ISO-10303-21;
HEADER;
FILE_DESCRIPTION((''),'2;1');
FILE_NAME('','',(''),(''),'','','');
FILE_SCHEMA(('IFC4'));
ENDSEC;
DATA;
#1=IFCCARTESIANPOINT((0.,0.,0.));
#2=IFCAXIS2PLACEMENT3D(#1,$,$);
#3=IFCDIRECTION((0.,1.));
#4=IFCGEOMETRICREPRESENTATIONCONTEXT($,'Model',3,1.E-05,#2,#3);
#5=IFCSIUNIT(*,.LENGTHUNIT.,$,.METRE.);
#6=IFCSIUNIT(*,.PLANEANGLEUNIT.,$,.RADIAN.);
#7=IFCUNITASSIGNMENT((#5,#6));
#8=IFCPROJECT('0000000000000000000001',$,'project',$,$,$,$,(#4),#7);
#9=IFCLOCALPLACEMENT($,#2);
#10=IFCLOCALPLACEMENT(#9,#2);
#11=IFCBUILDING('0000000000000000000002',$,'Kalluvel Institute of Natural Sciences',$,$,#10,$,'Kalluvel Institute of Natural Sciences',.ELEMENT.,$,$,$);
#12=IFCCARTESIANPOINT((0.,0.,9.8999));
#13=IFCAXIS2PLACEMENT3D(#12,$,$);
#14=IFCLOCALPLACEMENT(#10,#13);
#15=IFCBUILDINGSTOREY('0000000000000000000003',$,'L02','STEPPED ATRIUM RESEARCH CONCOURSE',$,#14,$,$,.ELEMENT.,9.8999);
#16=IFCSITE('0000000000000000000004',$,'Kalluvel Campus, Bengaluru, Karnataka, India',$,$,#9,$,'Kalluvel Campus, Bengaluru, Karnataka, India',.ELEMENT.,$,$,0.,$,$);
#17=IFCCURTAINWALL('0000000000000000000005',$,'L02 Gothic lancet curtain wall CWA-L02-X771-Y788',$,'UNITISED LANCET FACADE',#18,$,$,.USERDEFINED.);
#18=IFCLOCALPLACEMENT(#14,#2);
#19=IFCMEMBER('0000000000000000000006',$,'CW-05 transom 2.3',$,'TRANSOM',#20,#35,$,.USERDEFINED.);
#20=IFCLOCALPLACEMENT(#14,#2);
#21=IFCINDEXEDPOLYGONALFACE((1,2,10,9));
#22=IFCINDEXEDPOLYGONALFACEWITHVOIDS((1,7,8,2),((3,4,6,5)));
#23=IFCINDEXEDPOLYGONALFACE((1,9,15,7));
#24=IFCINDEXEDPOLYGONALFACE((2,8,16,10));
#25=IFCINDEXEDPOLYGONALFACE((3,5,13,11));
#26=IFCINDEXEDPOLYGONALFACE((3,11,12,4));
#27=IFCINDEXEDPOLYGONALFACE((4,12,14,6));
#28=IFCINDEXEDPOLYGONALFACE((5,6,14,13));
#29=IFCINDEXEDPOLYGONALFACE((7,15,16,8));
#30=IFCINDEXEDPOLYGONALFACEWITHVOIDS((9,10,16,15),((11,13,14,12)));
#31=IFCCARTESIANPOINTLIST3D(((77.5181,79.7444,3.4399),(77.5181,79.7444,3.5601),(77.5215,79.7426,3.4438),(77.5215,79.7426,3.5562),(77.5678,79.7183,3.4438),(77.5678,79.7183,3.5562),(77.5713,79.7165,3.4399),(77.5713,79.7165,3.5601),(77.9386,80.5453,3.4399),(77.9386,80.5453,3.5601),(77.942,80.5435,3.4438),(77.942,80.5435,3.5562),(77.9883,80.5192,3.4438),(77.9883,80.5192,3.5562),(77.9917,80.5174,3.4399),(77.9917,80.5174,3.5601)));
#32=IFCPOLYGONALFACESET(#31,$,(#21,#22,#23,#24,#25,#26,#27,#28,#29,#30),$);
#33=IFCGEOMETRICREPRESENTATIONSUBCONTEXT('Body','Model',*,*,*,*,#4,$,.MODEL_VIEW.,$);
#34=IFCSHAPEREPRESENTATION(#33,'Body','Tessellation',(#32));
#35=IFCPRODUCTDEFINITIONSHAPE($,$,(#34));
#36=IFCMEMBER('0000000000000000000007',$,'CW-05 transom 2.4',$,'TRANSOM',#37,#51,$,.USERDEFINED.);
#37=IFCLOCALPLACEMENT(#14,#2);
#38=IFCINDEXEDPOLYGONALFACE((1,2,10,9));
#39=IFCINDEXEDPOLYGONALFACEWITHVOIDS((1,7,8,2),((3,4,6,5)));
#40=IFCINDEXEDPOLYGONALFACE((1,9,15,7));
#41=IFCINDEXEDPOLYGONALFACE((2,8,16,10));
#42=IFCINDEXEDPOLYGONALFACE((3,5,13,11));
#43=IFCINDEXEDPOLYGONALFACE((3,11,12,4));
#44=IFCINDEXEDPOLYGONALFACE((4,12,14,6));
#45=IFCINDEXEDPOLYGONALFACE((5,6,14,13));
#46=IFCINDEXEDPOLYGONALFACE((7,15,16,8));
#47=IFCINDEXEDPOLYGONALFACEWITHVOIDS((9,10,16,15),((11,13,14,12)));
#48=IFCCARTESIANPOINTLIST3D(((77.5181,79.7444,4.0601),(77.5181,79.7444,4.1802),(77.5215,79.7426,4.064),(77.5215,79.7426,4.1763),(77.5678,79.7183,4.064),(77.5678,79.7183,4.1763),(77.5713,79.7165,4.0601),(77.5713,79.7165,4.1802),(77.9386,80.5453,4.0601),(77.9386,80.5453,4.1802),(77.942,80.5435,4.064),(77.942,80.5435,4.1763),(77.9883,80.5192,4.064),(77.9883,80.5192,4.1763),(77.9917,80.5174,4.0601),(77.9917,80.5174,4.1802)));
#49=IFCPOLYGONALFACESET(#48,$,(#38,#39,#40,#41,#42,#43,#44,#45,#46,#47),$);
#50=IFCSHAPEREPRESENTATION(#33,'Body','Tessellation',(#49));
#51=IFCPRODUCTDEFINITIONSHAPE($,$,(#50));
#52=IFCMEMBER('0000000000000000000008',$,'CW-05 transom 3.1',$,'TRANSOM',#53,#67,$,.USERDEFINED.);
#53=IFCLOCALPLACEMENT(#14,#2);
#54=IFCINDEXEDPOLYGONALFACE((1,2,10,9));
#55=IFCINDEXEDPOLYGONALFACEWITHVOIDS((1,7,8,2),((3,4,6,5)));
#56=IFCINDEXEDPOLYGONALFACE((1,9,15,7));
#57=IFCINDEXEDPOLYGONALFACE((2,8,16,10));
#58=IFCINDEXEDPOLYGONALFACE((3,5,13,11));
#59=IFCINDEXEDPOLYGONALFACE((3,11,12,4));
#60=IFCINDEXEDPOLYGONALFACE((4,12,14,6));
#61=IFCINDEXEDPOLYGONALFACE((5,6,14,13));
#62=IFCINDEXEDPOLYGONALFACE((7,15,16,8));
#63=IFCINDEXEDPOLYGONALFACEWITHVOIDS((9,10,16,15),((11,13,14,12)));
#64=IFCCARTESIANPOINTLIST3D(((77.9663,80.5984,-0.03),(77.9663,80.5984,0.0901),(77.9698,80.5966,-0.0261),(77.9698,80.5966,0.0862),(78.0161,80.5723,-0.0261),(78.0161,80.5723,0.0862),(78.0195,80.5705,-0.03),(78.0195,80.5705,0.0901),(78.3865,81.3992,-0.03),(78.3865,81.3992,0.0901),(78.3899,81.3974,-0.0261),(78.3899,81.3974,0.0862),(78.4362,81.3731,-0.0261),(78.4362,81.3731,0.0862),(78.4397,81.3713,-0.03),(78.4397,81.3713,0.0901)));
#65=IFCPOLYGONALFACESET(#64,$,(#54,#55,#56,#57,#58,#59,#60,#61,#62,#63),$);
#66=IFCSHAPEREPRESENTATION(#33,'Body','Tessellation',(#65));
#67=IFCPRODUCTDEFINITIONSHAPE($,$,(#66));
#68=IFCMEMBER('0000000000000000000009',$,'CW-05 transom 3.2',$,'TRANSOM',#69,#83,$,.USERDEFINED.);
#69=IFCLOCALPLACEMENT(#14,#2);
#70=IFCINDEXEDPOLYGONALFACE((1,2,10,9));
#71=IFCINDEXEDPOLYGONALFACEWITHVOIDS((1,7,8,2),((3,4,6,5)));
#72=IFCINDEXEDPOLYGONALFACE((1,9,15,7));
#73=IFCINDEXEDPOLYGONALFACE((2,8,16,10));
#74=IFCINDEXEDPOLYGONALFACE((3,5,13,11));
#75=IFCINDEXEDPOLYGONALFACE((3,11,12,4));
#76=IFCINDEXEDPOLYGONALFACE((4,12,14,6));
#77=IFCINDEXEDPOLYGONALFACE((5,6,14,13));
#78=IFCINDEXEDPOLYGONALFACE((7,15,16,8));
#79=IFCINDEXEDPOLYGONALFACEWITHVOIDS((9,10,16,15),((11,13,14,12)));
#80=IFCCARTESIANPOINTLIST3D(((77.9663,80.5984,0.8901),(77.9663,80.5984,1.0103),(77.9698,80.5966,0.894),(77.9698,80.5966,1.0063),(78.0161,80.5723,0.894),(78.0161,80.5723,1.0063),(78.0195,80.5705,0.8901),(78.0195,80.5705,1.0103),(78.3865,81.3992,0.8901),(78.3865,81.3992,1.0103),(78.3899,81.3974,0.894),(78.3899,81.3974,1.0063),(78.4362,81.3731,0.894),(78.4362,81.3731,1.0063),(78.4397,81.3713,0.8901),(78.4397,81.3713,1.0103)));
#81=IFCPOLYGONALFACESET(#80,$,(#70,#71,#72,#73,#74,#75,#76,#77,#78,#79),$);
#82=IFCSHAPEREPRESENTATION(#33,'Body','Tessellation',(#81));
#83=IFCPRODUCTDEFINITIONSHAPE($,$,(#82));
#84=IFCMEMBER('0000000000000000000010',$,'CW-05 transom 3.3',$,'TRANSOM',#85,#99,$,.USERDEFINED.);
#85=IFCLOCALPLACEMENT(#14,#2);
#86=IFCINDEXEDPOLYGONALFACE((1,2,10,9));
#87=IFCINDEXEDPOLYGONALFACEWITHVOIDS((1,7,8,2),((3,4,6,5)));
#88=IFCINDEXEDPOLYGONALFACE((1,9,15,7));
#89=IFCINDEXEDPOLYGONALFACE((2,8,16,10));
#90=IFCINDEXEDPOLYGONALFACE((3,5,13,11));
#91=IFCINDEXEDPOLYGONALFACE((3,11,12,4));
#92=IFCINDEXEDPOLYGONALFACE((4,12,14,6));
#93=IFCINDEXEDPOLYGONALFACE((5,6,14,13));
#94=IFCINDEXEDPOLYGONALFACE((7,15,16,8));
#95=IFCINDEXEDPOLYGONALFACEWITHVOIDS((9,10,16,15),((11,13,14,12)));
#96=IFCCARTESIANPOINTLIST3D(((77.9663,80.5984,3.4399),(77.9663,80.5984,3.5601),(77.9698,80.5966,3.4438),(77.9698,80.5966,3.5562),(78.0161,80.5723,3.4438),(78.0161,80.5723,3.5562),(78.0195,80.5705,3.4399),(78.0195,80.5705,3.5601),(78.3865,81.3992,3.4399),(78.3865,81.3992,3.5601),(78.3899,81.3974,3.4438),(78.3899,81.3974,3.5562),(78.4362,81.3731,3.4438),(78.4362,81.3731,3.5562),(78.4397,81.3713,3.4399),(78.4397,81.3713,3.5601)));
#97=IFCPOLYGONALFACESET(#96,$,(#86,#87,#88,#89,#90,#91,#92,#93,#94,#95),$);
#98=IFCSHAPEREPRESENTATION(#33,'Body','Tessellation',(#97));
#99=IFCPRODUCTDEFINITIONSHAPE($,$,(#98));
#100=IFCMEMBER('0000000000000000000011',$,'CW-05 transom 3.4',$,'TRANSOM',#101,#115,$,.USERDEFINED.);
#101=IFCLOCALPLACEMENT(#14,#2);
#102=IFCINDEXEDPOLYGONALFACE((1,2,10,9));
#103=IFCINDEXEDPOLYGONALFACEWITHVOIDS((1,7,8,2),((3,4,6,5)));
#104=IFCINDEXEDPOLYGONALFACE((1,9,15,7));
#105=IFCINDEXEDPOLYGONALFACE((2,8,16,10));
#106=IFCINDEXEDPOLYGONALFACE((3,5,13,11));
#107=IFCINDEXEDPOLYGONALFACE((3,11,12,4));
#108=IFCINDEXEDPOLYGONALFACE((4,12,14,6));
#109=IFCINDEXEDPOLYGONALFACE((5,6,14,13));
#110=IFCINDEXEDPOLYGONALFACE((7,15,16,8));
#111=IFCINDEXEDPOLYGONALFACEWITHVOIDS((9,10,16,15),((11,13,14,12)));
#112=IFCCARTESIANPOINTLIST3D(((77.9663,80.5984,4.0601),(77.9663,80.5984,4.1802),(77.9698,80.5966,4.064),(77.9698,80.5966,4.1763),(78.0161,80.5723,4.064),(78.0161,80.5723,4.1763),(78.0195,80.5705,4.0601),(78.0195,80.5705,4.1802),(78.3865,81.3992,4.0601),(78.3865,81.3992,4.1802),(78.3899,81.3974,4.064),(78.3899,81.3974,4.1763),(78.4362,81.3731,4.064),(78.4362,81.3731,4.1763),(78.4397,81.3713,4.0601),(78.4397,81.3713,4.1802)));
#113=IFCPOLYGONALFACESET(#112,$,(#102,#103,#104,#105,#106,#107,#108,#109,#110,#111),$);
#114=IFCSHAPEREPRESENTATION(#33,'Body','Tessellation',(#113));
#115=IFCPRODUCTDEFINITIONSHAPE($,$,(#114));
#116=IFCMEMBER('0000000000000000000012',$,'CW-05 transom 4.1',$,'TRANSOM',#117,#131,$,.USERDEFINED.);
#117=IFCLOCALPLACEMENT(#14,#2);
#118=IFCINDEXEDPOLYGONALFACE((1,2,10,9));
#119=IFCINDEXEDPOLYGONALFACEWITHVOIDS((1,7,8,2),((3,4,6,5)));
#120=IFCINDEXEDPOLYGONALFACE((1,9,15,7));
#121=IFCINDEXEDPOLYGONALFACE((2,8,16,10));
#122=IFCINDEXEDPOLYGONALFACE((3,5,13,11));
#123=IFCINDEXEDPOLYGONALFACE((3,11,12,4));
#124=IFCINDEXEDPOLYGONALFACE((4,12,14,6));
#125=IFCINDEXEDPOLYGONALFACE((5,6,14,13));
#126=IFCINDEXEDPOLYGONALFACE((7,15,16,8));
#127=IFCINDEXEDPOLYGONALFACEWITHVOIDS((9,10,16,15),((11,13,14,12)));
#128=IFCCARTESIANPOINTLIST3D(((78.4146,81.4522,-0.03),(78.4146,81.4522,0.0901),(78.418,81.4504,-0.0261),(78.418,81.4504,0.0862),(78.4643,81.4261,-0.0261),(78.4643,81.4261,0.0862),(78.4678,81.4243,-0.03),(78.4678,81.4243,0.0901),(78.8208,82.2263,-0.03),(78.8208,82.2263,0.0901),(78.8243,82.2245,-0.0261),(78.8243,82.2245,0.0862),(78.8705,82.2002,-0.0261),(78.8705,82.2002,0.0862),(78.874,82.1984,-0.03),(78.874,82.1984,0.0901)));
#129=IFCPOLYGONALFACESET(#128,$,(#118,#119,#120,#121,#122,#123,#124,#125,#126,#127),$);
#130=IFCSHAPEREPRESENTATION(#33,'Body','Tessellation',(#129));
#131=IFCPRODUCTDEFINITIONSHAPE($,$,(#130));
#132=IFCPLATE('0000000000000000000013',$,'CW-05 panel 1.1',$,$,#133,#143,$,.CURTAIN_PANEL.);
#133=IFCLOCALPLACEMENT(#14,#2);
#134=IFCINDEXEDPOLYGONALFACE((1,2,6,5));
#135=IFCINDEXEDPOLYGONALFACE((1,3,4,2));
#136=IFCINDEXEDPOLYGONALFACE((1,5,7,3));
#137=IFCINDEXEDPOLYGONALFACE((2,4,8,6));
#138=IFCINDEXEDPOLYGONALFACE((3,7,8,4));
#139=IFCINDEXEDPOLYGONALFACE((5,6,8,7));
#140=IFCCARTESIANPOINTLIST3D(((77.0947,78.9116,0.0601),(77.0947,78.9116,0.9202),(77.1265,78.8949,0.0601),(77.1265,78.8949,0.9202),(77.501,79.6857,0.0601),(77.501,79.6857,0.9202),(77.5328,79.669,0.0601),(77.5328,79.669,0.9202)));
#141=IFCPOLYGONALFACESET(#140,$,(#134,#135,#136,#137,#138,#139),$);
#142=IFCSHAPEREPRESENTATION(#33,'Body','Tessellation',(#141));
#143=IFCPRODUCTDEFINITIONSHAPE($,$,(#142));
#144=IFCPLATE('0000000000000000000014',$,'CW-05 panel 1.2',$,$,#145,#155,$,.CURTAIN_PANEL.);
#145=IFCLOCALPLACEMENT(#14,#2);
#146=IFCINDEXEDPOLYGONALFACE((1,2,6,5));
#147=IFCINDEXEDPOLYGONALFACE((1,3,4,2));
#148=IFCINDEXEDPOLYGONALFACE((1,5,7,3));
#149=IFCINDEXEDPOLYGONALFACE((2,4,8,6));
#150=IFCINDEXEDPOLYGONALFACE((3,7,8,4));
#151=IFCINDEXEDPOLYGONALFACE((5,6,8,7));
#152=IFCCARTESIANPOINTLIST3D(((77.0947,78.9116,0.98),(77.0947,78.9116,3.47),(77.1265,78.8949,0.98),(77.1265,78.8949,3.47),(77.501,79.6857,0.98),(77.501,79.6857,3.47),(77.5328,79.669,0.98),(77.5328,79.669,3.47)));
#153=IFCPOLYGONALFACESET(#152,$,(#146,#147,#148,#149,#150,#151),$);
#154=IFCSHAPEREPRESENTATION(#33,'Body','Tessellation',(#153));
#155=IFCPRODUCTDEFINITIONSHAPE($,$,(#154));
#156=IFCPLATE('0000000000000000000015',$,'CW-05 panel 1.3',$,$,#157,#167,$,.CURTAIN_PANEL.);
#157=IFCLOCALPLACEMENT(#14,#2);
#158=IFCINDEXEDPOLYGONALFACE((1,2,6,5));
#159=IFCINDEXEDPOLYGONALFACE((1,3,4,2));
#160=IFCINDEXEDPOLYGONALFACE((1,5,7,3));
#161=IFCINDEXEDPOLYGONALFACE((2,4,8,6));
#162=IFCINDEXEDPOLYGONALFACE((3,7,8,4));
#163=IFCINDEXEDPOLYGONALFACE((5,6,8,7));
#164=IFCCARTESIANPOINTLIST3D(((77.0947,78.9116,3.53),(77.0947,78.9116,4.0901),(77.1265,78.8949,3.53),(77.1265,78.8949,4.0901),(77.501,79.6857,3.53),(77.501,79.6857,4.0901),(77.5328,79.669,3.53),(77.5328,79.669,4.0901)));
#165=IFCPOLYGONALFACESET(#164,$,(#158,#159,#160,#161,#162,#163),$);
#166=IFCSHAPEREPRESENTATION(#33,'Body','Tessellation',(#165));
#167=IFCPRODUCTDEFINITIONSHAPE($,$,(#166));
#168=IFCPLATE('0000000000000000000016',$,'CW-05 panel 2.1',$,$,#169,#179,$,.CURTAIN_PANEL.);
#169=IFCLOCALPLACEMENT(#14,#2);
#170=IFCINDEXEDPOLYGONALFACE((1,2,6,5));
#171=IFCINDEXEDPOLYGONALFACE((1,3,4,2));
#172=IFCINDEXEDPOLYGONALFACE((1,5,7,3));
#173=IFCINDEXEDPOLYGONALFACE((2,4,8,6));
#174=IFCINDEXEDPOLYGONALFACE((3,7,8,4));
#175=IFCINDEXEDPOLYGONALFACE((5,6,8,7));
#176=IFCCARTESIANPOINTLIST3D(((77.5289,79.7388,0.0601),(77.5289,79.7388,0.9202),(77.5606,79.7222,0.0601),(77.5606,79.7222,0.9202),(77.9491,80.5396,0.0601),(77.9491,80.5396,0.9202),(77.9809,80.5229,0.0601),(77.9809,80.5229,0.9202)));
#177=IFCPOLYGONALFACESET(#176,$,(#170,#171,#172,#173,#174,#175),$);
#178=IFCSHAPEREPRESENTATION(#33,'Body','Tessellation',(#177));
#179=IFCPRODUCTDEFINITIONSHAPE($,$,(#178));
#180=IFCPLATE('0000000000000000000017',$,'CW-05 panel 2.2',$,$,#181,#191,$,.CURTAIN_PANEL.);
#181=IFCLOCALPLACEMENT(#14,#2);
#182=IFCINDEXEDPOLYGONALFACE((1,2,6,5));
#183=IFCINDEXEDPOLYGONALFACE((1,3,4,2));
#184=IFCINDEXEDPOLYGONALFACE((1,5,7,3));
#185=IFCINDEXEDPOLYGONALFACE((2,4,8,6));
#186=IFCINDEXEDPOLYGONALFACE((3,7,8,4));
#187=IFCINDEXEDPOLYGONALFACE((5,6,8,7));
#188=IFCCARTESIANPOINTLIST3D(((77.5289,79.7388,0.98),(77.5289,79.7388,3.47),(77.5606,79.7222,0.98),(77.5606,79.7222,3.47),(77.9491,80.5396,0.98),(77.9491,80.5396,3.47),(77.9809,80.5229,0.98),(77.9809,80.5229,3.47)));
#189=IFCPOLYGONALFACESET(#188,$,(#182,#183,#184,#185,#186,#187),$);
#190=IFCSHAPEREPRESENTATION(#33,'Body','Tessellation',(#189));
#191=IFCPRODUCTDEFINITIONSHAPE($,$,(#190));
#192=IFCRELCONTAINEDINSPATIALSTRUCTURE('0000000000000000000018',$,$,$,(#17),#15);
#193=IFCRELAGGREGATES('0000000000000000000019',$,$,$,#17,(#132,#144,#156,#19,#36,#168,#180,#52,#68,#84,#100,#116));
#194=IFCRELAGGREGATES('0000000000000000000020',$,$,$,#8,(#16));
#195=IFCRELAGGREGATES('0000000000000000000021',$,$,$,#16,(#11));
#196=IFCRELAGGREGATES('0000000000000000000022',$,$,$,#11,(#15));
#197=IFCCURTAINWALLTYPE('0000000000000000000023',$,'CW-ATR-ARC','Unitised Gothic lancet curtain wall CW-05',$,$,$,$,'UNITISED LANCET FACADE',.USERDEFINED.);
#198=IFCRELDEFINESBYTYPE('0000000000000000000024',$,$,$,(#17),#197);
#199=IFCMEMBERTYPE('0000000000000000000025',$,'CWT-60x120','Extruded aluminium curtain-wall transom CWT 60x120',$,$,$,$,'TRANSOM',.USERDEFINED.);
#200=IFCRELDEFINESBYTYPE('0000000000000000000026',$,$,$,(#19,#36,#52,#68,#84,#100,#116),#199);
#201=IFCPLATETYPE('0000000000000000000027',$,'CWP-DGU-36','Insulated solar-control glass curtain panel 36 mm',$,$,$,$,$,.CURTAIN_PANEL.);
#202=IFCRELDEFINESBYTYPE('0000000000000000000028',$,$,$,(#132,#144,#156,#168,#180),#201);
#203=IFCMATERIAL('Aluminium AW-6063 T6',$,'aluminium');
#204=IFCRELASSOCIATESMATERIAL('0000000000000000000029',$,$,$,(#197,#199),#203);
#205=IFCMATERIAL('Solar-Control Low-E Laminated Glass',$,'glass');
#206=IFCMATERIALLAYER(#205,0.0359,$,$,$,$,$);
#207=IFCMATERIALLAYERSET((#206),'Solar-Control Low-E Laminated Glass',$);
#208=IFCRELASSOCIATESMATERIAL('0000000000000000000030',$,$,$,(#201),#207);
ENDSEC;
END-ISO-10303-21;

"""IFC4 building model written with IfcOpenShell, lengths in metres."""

from ifc_helpers import new_model, si_unit, direction, frame, origin, origin_2d, place, context, subcontext, project, spatial, rectangle, hollow_rectangle, extrude, material, layer, layer_set, material_profile, profile_set, type_object, element, aggregate, save


model = new_model("IFC4")

# Units and contexts
model_context = context("Model", 3, precision=1e-05, world=origin(), true_north=direction((0.0, 1.0)))
body_context = subcontext(model_context, "Body", "Model", "MODEL_VIEW")
ifc_project = project(units=[si_unit("LENGTHUNIT", "METRE"), si_unit("PLANEANGLEUNIT", "RADIAN")], contexts=[model_context])

# Site, building, storey
site_placement = place(None, origin())
site = spatial("IfcSite", under=ifc_project, at=site_placement, Name="Kalluvel Campus, Bengaluru, Karnataka, India", LongName="Kalluvel Campus, Bengaluru, Karnataka, India", CompositionType="ELEMENT", RefElevation=0.0)
building_placement = place(site_placement, origin())
building = spatial("IfcBuilding", under=site, at=building_placement, Name="Kalluvel Institute of Natural Sciences", LongName="Kalluvel Institute of Natural Sciences", CompositionType="ELEMENT")
storey_placement = place(building_placement, frame((0.0, 0.0, 9.8999)))
storey = spatial("IfcBuildingStorey", under=building, at=storey_placement, Name="L02", Description="STEPPED ATRIUM RESEARCH CONCOURSE", CompositionType="ELEMENT", Elevation=9.8999)

# Curtain wall, members, plates
ifc_material_1 = material(Name="Aluminium AW-6063 T6", Category="aluminium")
curtain_wall_type = type_object("IfcCurtainWallType", Name="CW-ATR-ARC", Description="Unitised Gothic lancet curtain wall CW-05", ElementType="UNITISED LANCET FACADE", PredefinedType="USERDEFINED", material=ifc_material_1)
curtain_wall_placement = place(storey_placement, origin())
curtain_wall = element("IfcCurtainWall", 1, at=curtain_wall_placement, inside=storey, type_object=curtain_wall_type, Name="L02 Gothic lancet curtain wall CWA-L02-X771-Y788", ObjectType="UNITISED LANCET FACADE", PredefinedType="USERDEFINED")
ifc_material_profile_1 = material_profile(ifc_material_1, hollow_rectangle(XDim=0.0601, YDim=0.1201, WallThickness=0.0039, at=origin_2d()), Name="CWT 60x120")
ifc_profile_set_1 = profile_set([ifc_material_profile_1], Name="Aluminium AW-6063 T6")
member_type_1 = type_object("IfcMemberType", Name="CWT-60x120", Description="Extruded aluminium curtain-wall transom CWT 60x120", ElementType="TRANSOM", PredefinedType="USERDEFINED", material=ifc_profile_set_1)
member_1_placement = place(storey_placement, frame((77.5447, 79.7305, 3.5), z_axis=(0.464834, 0.885398, 0.0), x_axis=(-0.885398, 0.464834, 0.0)))
member_1 = element("IfcMember", 2, at=member_1_placement, type_object=member_type_1, Name="CW-05 transom 2.3", ObjectType="TRANSOM", PredefinedType="USERDEFINED", context=body_context, shape_type="SweptSolid", body=[
    extrude(hollow_rectangle(XDim=0.0601, YDim=0.1201, WallThickness=0.0039, at=origin_2d()), origin(), (0.0, 0.0, 1.0), 0.9045),
])
member_2_placement = place(storey_placement, frame((77.5447, 79.7305, 4.1201), z_axis=(0.464834, 0.885398, 0.0), x_axis=(-0.885398, 0.464834, 0.0)))
member_2 = element("IfcMember", 3, at=member_2_placement, type_object=member_type_1, Name="CW-05 transom 2.4", ObjectType="TRANSOM", PredefinedType="USERDEFINED", context=body_context, shape_type="SweptSolid", body=[
    extrude(hollow_rectangle(XDim=0.0601, YDim=0.1201, WallThickness=0.0039, at=origin_2d()), origin(), (0.0, 0.0, 1.0), 0.9045),
])
member_3_placement = place(storey_placement, frame((77.9929, 80.5845, 0.03), z_axis=(0.464622, 0.885509, 0.0), x_axis=(-0.885509, 0.464622, 0.0)))
member_3 = element("IfcMember", 4, at=member_3_placement, type_object=member_type_1, Name="CW-05 transom 3.1", ObjectType="TRANSOM", PredefinedType="USERDEFINED", context=body_context, shape_type="SweptSolid", body=[
    extrude(hollow_rectangle(XDim=0.0601, YDim=0.1201, WallThickness=0.0039, at=origin_2d()), origin(), (0.0, 0.0, 1.0), 0.9043),
])
member_4_placement = place(storey_placement, frame((77.9929, 80.5845, 0.9502), z_axis=(0.464622, 0.885509, 0.0), x_axis=(-0.885509, 0.464622, 0.0)))
member_4 = element("IfcMember", 5, at=member_4_placement, type_object=member_type_1, Name="CW-05 transom 3.2", ObjectType="TRANSOM", PredefinedType="USERDEFINED", context=body_context, shape_type="SweptSolid", body=[
    extrude(hollow_rectangle(XDim=0.0601, YDim=0.1201, WallThickness=0.0039, at=origin_2d()), origin(), (0.0, 0.0, 1.0), 0.9043),
])
member_5_placement = place(storey_placement, frame((77.9929, 80.5845, 3.5), z_axis=(0.464622, 0.885509, 0.0), x_axis=(-0.885509, 0.464622, 0.0)))
member_5 = element("IfcMember", 6, at=member_5_placement, type_object=member_type_1, Name="CW-05 transom 3.3", ObjectType="TRANSOM", PredefinedType="USERDEFINED", context=body_context, shape_type="SweptSolid", body=[
    extrude(hollow_rectangle(XDim=0.0601, YDim=0.1201, WallThickness=0.0039, at=origin_2d()), origin(), (0.0, 0.0, 1.0), 0.9043),
])
member_6_placement = place(storey_placement, frame((77.9929, 80.5845, 4.1201), z_axis=(0.464622, 0.885509, 0.0), x_axis=(-0.885509, 0.464622, 0.0)))
member_6 = element("IfcMember", 7, at=member_6_placement, type_object=member_type_1, Name="CW-05 transom 3.4", ObjectType="TRANSOM", PredefinedType="USERDEFINED", context=body_context, shape_type="SweptSolid", body=[
    extrude(hollow_rectangle(XDim=0.0601, YDim=0.1201, WallThickness=0.0039, at=origin_2d()), origin(), (0.0, 0.0, 1.0), 0.9043),
])
member_7_placement = place(storey_placement, frame((78.4412, 81.4382, 0.03), z_axis=(0.464664, 0.885487, 0.0), x_axis=(-0.885487, 0.464664, 0.0)))
member_7 = element("IfcMember", 8, at=member_7_placement, type_object=member_type_1, Name="CW-05 transom 4.1", ObjectType="TRANSOM", PredefinedType="USERDEFINED", context=body_context, shape_type="SweptSolid", body=[
    extrude(hollow_rectangle(XDim=0.0601, YDim=0.1201, WallThickness=0.0039, at=origin_2d()), origin(), (0.0, 0.0, 1.0), 0.8743),
])
ifc_material_2 = material(Name="Solar-Control Low-E Laminated Glass", Category="glass")
ifc_layer = layer(ifc_material_2, 0.0359)
ifc_layer_set = layer_set([ifc_layer], Name="Solar-Control Low-E Laminated Glass")
plate_type = type_object("IfcPlateType", Name="CWP-DGU-36", Description="Insulated solar-control glass curtain panel 36 mm", PredefinedType="CURTAIN_PANEL", material=ifc_layer_set)
plate_1_placement = place(storey_placement, frame((77.3137, 79.2903, 0.0601), z_axis=(0.0, 0.0, 1.0), x_axis=(0.464734, 0.88545, 0.0)))
plate_1 = element("IfcPlate", 9, at=plate_1_placement, type_object=plate_type, Name="CW-05 panel 1.1", PredefinedType="CURTAIN_PANEL", context=body_context, shape_type="SweptSolid", body=[
    extrude(rectangle(XDim=0.8743, YDim=0.0359, at=origin_2d()), origin(), (0.0, 0.0, 1.0), 0.8601),
])
plate_2_placement = place(storey_placement, frame((77.3137, 79.2903, 0.98), z_axis=(0.0, 0.0, 1.0), x_axis=(0.464734, 0.88545, 0.0)))
plate_2 = element("IfcPlate", 10, at=plate_2_placement, type_object=plate_type, Name="CW-05 panel 1.2", PredefinedType="CURTAIN_PANEL", context=body_context, shape_type="SweptSolid", body=[
    extrude(rectangle(XDim=0.8743, YDim=0.0359, at=origin_2d()), origin(), (0.0, 0.0, 1.0), 2.49),
])
plate_3_placement = place(storey_placement, frame((77.3137, 79.2903, 3.53), z_axis=(0.0, 0.0, 1.0), x_axis=(0.464734, 0.88545, 0.0)))
plate_3 = element("IfcPlate", 11, at=plate_3_placement, type_object=plate_type, Name="CW-05 panel 1.3", PredefinedType="CURTAIN_PANEL", context=body_context, shape_type="SweptSolid", body=[
    extrude(rectangle(XDim=0.8743, YDim=0.0359, at=origin_2d()), origin(), (0.0, 0.0, 1.0), 0.5601),
])
plate_4_placement = place(storey_placement, frame((77.7549, 80.1309, 0.0601), z_axis=(0.0, 0.0, 1.0), x_axis=(0.464734, 0.88545, 0.0)))
plate_4 = element("IfcPlate", 12, at=plate_4_placement, type_object=plate_type, Name="CW-05 panel 2.1", PredefinedType="CURTAIN_PANEL", context=body_context, shape_type="SweptSolid", body=[
    extrude(rectangle(XDim=0.9043, YDim=0.0359, at=origin_2d()), origin(), (0.0, 0.0, 1.0), 0.8601),
])
plate_5_placement = place(storey_placement, frame((77.7549, 80.1309, 0.98), z_axis=(0.0, 0.0, 1.0), x_axis=(0.464734, 0.88545, 0.0)))
plate_5 = element("IfcPlate", 13, at=plate_5_placement, type_object=plate_type, Name="CW-05 panel 2.2", PredefinedType="CURTAIN_PANEL", context=body_context, shape_type="SweptSolid", body=[
    extrude(rectangle(XDim=0.9043, YDim=0.0359, at=origin_2d()), origin(), (0.0, 0.0, 1.0), 2.49),
])
aggregate(curtain_wall, [plate_1, plate_2, plate_3, member_1, member_2, plate_4, plate_5, member_3, member_4, member_5, member_6, member_7])

save(model, "model.ifc")
